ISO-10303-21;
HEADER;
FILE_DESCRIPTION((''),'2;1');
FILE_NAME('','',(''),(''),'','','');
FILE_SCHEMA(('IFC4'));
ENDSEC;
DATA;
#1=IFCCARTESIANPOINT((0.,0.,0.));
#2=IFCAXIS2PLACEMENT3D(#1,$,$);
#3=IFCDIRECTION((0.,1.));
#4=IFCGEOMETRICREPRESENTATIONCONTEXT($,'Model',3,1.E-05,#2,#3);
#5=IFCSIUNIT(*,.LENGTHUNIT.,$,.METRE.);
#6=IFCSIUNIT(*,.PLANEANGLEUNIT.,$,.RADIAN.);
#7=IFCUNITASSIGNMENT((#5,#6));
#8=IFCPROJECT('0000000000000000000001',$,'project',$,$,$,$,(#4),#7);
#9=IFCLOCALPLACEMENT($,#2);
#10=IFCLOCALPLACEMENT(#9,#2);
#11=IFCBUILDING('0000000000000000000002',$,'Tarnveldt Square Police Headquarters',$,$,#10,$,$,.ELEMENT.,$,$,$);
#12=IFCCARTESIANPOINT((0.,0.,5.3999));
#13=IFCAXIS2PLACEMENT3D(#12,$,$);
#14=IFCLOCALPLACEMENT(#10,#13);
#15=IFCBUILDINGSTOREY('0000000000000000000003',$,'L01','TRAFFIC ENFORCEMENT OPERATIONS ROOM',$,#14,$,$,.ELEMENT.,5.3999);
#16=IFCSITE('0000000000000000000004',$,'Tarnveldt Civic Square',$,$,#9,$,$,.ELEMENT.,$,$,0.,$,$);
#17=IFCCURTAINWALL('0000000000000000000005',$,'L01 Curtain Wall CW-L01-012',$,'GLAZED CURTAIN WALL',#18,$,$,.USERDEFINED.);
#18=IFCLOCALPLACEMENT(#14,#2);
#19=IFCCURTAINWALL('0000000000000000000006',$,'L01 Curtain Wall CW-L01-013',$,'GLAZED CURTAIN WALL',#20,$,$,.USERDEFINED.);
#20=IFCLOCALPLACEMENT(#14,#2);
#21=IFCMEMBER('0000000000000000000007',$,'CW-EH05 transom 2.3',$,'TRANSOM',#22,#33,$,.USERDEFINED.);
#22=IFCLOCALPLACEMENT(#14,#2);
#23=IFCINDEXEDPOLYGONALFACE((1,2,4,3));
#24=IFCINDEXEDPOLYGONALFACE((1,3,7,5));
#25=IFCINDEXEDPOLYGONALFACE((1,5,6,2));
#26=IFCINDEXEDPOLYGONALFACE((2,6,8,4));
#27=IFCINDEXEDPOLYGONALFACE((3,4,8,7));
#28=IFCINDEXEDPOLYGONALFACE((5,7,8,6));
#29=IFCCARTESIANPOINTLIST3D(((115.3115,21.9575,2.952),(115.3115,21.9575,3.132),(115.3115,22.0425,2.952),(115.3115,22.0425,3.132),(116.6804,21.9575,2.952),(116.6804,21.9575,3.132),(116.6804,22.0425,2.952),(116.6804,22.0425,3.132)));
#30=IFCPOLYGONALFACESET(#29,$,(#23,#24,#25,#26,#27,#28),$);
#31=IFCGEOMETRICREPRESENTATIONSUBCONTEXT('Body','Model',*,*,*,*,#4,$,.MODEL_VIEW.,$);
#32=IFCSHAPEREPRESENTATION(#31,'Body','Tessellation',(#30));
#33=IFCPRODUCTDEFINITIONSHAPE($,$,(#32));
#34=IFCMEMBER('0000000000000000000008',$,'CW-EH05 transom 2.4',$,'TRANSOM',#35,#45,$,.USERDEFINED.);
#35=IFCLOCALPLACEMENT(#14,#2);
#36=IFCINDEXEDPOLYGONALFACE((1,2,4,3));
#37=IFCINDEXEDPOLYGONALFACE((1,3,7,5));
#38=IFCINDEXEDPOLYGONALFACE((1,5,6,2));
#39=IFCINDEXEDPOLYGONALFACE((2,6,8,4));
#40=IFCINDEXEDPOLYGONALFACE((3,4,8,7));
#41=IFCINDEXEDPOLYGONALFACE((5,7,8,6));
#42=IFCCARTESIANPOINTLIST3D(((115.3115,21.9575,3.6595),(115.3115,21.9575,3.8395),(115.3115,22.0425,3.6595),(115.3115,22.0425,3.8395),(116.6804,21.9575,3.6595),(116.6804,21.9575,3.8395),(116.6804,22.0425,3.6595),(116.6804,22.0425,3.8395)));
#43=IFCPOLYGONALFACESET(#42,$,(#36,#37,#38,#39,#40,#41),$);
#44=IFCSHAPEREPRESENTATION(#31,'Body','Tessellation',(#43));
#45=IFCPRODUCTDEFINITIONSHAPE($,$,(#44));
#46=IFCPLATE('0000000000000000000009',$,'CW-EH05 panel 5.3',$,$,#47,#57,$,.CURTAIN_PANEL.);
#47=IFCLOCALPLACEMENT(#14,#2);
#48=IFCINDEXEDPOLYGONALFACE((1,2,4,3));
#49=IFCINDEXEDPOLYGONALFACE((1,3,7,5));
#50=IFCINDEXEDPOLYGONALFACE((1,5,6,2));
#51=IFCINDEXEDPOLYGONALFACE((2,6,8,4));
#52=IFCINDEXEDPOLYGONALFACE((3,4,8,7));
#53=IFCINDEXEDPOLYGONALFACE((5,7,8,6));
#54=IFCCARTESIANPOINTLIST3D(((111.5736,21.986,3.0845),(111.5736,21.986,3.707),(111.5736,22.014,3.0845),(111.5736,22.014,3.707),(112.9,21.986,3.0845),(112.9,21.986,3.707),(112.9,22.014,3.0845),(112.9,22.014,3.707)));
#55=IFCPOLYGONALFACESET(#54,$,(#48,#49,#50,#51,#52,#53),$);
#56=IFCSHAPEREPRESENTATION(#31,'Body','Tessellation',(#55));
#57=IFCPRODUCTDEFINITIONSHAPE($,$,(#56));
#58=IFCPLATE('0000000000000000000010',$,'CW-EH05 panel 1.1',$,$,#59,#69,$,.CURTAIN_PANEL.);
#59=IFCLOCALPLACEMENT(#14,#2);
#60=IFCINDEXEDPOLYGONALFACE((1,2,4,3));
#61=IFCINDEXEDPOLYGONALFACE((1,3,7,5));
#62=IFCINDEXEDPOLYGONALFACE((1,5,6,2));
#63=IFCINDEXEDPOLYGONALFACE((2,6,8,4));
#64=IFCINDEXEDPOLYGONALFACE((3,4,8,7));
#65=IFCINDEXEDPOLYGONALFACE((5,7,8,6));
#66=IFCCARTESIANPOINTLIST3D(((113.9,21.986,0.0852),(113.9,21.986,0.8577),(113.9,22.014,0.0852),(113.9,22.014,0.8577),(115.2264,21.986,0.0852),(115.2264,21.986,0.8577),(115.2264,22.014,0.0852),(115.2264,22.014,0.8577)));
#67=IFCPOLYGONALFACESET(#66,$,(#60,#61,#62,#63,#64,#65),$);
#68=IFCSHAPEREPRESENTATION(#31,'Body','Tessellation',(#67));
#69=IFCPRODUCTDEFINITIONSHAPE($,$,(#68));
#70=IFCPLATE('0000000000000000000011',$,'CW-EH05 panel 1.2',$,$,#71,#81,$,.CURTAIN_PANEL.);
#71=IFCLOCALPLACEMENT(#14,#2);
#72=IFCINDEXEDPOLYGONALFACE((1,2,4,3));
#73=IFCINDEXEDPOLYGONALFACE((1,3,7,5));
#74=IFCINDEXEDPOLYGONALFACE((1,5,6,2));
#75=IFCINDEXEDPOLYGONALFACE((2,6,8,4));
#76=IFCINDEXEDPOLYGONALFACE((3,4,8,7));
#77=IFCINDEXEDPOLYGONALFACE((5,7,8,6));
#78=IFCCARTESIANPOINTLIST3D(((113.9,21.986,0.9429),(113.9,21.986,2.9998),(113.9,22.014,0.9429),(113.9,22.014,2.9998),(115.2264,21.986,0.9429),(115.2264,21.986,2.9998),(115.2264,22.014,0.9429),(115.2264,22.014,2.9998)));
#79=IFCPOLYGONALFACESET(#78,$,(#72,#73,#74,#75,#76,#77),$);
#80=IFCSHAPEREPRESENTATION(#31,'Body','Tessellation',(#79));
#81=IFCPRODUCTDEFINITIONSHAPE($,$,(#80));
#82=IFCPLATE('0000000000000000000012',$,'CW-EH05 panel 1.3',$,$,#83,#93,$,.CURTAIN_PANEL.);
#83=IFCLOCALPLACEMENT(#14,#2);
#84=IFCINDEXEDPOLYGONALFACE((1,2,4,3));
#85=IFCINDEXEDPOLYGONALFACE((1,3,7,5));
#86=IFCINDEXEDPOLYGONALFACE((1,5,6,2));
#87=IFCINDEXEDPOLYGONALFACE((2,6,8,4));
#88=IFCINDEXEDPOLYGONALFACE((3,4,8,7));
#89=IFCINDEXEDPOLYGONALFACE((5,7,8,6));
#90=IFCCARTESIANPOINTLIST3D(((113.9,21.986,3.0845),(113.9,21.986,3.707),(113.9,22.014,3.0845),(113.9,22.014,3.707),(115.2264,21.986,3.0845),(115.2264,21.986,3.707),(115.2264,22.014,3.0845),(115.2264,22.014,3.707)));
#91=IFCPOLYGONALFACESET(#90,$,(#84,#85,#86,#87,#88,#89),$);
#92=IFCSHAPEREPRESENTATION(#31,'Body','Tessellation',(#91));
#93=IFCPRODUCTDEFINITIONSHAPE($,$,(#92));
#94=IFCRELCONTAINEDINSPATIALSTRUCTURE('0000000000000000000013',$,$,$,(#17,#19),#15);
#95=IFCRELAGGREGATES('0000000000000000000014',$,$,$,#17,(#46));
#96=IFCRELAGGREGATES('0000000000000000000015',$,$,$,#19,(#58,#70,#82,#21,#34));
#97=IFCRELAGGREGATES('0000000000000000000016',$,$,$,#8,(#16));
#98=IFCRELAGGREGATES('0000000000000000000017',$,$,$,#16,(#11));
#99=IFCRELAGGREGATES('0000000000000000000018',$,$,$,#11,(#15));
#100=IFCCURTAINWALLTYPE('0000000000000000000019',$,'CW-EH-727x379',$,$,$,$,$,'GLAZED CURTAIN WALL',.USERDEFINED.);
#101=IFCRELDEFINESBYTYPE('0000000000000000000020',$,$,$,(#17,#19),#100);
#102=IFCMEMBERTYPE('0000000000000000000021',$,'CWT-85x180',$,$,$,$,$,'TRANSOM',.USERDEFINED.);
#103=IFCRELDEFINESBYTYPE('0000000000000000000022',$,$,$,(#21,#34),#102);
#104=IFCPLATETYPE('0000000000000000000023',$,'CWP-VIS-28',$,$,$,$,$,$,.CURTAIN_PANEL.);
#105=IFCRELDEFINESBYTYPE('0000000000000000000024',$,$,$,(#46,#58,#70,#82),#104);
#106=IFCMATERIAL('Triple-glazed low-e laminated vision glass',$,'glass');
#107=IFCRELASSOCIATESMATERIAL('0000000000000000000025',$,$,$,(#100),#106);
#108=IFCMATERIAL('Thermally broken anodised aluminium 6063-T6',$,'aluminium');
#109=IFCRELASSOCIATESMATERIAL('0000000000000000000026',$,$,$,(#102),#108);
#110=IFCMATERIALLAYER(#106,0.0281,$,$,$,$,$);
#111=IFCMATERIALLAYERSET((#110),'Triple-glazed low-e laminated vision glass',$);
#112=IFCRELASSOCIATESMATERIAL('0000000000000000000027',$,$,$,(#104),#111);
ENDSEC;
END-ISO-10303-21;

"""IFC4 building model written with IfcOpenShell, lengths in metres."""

from ifc_helpers import new_model, si_unit, direction, frame, origin, origin_2d, place, context, subcontext, project, spatial, rectangle, extrude, material, layer, layer_set, material_profile, profile_set, type_object, element, aggregate, save


model = new_model("IFC4")

# Units and contexts
model_context = context("Model", 3, precision=1e-05, world=origin(), true_north=direction((0.0, 1.0)))
body_context = subcontext(model_context, "Body", "Model", "MODEL_VIEW")
ifc_project = project(units=[si_unit("LENGTHUNIT", "METRE"), si_unit("PLANEANGLEUNIT", "RADIAN")], contexts=[model_context])

# Site, building, storey
site_placement = place(None, origin())
site = spatial("IfcSite", under=ifc_project, at=site_placement, Name="Tarnveldt Civic Square", CompositionType="ELEMENT", RefElevation=0.0)
building_placement = place(site_placement, origin())
building = spatial("IfcBuilding", under=site, at=building_placement, Name="Tarnveldt Square Police Headquarters", CompositionType="ELEMENT")
storey_placement = place(building_placement, frame((0.0, 0.0, 5.3999)))
storey = spatial("IfcBuildingStorey", under=building, at=storey_placement, Name="L01", Description="TRAFFIC ENFORCEMENT OPERATIONS ROOM", CompositionType="ELEMENT", Elevation=5.3999)

# Curtain wall
ifc_material_1 = material(Name="Triple-glazed low-e laminated vision glass", Category="glass")
curtain_wall_type = type_object("IfcCurtainWallType", Name="CW-EH-727x379", ElementType="GLAZED CURTAIN WALL", PredefinedType="USERDEFINED", material=ifc_material_1)
curtain_wall_1_placement = place(storey_placement, origin())
curtain_wall_1 = element("IfcCurtainWall", 1, at=curtain_wall_1_placement, inside=storey, type_object=curtain_wall_type, Name="L01 Curtain Wall CW-L01-012", ObjectType="GLAZED CURTAIN WALL", PredefinedType="USERDEFINED")
ifc_material_2 = material(Name="Thermally broken anodised aluminium 6063-T6", Category="aluminium")

# Curtain wall, members
curtain_wall_2_placement = place(storey_placement, origin())
curtain_wall_2 = element("IfcCurtainWall", 2, at=curtain_wall_2_placement, inside=storey, type_object=curtain_wall_type, Name="L01 Curtain Wall CW-L01-013", ObjectType="GLAZED CURTAIN WALL", PredefinedType="USERDEFINED")
ifc_material_profile_1 = material_profile(ifc_material_2, rectangle(XDim=0.085, YDim=0.1799, at=origin_2d()), Name="CW-T85x180")
ifc_profile_set_1 = profile_set([ifc_material_profile_1], Name="Thermally broken anodised aluminium 6063-T6")
member_type_1 = type_object("IfcMemberType", Name="CWT-85x180", ElementType="TRANSOM", PredefinedType="USERDEFINED", material=ifc_profile_set_1)
member_1_placement = place(storey_placement, frame((115.3115, 22.0, 3.042), z_axis=(1.0, 0.0, 0.0), x_axis=(0.0, 1.0, 0.0)))
member_1 = element("IfcMember", 3, at=member_1_placement, type_object=member_type_1, Name="CW-EH05 transom 2.3", ObjectType="TRANSOM", PredefinedType="USERDEFINED", context=body_context, shape_type="SweptSolid", body=[
    extrude(rectangle(XDim=0.085, YDim=0.1799, at=origin_2d()), origin(), (0.0, 0.0, 1.0), 1.3689),
])
member_2_placement = place(storey_placement, frame((115.3115, 22.0, 3.7495), z_axis=(1.0, 0.0, 0.0), x_axis=(0.0, 1.0, 0.0)))
member_2 = element("IfcMember", 4, at=member_2_placement, type_object=member_type_1, Name="CW-EH05 transom 2.4", ObjectType="TRANSOM", PredefinedType="USERDEFINED", context=body_context, shape_type="SweptSolid", body=[
    extrude(rectangle(XDim=0.085, YDim=0.1799, at=origin_2d()), origin(), (0.0, 0.0, 1.0), 1.3689),
])

# Plates
ifc_layer = layer(ifc_material_1, 0.0281)
ifc_layer_set = layer_set([ifc_layer], Name="Triple-glazed low-e laminated vision glass")
plate_type = type_object("IfcPlateType", Name="CWP-VIS-28", PredefinedType="CURTAIN_PANEL", material=ifc_layer_set)
plate_1_placement = place(storey_placement, frame((112.2368, 22.0, 3.0845), z_axis=(0.0, 0.0, 1.0), x_axis=(1.0, 0.0, 0.0)))
plate_1 = element("IfcPlate", 5, at=plate_1_placement, type_object=plate_type, Name="CW-EH05 panel 5.3", PredefinedType="CURTAIN_PANEL", context=body_context, shape_type="SweptSolid", body=[
    extrude(rectangle(XDim=1.3264, YDim=0.0281, at=origin_2d()), origin(), (0.0, 0.0, 1.0), 0.6226),
])
aggregate(curtain_wall_1, [plate_1])
plate_2_placement = place(storey_placement, frame((114.5632, 22.0, 0.0852), z_axis=(0.0, 0.0, 1.0), x_axis=(1.0, 0.0, 0.0)))
plate_2 = element("IfcPlate", 6, at=plate_2_placement, type_object=plate_type, Name="CW-EH05 panel 1.1", PredefinedType="CURTAIN_PANEL", context=body_context, shape_type="SweptSolid", body=[
    extrude(rectangle(XDim=1.3264, YDim=0.0281, at=origin_2d()), origin(), (0.0, 0.0, 1.0), 0.7725),
])
plate_3_placement = place(storey_placement, frame((114.5632, 22.0, 0.9429), z_axis=(0.0, 0.0, 1.0), x_axis=(1.0, 0.0, 0.0)))
plate_3 = element("IfcPlate", 7, at=plate_3_placement, type_object=plate_type, Name="CW-EH05 panel 1.2", PredefinedType="CURTAIN_PANEL", context=body_context, shape_type="SweptSolid", body=[
    extrude(rectangle(XDim=1.3264, YDim=0.0281, at=origin_2d()), origin(), (0.0, 0.0, 1.0), 2.0569),
])
plate_4_placement = place(storey_placement, frame((114.5632, 22.0, 3.0845), z_axis=(0.0, 0.0, 1.0), x_axis=(1.0, 0.0, 0.0)))
plate_4 = element("IfcPlate", 8, at=plate_4_placement, type_object=plate_type, Name="CW-EH05 panel 1.3", PredefinedType="CURTAIN_PANEL", context=body_context, shape_type="SweptSolid", body=[
    extrude(rectangle(XDim=1.3264, YDim=0.0281, at=origin_2d()), origin(), (0.0, 0.0, 1.0), 0.6226),
])
aggregate(curtain_wall_2, [plate_2, plate_3, plate_4, member_1, member_2])

save(model, "model.ifc")
